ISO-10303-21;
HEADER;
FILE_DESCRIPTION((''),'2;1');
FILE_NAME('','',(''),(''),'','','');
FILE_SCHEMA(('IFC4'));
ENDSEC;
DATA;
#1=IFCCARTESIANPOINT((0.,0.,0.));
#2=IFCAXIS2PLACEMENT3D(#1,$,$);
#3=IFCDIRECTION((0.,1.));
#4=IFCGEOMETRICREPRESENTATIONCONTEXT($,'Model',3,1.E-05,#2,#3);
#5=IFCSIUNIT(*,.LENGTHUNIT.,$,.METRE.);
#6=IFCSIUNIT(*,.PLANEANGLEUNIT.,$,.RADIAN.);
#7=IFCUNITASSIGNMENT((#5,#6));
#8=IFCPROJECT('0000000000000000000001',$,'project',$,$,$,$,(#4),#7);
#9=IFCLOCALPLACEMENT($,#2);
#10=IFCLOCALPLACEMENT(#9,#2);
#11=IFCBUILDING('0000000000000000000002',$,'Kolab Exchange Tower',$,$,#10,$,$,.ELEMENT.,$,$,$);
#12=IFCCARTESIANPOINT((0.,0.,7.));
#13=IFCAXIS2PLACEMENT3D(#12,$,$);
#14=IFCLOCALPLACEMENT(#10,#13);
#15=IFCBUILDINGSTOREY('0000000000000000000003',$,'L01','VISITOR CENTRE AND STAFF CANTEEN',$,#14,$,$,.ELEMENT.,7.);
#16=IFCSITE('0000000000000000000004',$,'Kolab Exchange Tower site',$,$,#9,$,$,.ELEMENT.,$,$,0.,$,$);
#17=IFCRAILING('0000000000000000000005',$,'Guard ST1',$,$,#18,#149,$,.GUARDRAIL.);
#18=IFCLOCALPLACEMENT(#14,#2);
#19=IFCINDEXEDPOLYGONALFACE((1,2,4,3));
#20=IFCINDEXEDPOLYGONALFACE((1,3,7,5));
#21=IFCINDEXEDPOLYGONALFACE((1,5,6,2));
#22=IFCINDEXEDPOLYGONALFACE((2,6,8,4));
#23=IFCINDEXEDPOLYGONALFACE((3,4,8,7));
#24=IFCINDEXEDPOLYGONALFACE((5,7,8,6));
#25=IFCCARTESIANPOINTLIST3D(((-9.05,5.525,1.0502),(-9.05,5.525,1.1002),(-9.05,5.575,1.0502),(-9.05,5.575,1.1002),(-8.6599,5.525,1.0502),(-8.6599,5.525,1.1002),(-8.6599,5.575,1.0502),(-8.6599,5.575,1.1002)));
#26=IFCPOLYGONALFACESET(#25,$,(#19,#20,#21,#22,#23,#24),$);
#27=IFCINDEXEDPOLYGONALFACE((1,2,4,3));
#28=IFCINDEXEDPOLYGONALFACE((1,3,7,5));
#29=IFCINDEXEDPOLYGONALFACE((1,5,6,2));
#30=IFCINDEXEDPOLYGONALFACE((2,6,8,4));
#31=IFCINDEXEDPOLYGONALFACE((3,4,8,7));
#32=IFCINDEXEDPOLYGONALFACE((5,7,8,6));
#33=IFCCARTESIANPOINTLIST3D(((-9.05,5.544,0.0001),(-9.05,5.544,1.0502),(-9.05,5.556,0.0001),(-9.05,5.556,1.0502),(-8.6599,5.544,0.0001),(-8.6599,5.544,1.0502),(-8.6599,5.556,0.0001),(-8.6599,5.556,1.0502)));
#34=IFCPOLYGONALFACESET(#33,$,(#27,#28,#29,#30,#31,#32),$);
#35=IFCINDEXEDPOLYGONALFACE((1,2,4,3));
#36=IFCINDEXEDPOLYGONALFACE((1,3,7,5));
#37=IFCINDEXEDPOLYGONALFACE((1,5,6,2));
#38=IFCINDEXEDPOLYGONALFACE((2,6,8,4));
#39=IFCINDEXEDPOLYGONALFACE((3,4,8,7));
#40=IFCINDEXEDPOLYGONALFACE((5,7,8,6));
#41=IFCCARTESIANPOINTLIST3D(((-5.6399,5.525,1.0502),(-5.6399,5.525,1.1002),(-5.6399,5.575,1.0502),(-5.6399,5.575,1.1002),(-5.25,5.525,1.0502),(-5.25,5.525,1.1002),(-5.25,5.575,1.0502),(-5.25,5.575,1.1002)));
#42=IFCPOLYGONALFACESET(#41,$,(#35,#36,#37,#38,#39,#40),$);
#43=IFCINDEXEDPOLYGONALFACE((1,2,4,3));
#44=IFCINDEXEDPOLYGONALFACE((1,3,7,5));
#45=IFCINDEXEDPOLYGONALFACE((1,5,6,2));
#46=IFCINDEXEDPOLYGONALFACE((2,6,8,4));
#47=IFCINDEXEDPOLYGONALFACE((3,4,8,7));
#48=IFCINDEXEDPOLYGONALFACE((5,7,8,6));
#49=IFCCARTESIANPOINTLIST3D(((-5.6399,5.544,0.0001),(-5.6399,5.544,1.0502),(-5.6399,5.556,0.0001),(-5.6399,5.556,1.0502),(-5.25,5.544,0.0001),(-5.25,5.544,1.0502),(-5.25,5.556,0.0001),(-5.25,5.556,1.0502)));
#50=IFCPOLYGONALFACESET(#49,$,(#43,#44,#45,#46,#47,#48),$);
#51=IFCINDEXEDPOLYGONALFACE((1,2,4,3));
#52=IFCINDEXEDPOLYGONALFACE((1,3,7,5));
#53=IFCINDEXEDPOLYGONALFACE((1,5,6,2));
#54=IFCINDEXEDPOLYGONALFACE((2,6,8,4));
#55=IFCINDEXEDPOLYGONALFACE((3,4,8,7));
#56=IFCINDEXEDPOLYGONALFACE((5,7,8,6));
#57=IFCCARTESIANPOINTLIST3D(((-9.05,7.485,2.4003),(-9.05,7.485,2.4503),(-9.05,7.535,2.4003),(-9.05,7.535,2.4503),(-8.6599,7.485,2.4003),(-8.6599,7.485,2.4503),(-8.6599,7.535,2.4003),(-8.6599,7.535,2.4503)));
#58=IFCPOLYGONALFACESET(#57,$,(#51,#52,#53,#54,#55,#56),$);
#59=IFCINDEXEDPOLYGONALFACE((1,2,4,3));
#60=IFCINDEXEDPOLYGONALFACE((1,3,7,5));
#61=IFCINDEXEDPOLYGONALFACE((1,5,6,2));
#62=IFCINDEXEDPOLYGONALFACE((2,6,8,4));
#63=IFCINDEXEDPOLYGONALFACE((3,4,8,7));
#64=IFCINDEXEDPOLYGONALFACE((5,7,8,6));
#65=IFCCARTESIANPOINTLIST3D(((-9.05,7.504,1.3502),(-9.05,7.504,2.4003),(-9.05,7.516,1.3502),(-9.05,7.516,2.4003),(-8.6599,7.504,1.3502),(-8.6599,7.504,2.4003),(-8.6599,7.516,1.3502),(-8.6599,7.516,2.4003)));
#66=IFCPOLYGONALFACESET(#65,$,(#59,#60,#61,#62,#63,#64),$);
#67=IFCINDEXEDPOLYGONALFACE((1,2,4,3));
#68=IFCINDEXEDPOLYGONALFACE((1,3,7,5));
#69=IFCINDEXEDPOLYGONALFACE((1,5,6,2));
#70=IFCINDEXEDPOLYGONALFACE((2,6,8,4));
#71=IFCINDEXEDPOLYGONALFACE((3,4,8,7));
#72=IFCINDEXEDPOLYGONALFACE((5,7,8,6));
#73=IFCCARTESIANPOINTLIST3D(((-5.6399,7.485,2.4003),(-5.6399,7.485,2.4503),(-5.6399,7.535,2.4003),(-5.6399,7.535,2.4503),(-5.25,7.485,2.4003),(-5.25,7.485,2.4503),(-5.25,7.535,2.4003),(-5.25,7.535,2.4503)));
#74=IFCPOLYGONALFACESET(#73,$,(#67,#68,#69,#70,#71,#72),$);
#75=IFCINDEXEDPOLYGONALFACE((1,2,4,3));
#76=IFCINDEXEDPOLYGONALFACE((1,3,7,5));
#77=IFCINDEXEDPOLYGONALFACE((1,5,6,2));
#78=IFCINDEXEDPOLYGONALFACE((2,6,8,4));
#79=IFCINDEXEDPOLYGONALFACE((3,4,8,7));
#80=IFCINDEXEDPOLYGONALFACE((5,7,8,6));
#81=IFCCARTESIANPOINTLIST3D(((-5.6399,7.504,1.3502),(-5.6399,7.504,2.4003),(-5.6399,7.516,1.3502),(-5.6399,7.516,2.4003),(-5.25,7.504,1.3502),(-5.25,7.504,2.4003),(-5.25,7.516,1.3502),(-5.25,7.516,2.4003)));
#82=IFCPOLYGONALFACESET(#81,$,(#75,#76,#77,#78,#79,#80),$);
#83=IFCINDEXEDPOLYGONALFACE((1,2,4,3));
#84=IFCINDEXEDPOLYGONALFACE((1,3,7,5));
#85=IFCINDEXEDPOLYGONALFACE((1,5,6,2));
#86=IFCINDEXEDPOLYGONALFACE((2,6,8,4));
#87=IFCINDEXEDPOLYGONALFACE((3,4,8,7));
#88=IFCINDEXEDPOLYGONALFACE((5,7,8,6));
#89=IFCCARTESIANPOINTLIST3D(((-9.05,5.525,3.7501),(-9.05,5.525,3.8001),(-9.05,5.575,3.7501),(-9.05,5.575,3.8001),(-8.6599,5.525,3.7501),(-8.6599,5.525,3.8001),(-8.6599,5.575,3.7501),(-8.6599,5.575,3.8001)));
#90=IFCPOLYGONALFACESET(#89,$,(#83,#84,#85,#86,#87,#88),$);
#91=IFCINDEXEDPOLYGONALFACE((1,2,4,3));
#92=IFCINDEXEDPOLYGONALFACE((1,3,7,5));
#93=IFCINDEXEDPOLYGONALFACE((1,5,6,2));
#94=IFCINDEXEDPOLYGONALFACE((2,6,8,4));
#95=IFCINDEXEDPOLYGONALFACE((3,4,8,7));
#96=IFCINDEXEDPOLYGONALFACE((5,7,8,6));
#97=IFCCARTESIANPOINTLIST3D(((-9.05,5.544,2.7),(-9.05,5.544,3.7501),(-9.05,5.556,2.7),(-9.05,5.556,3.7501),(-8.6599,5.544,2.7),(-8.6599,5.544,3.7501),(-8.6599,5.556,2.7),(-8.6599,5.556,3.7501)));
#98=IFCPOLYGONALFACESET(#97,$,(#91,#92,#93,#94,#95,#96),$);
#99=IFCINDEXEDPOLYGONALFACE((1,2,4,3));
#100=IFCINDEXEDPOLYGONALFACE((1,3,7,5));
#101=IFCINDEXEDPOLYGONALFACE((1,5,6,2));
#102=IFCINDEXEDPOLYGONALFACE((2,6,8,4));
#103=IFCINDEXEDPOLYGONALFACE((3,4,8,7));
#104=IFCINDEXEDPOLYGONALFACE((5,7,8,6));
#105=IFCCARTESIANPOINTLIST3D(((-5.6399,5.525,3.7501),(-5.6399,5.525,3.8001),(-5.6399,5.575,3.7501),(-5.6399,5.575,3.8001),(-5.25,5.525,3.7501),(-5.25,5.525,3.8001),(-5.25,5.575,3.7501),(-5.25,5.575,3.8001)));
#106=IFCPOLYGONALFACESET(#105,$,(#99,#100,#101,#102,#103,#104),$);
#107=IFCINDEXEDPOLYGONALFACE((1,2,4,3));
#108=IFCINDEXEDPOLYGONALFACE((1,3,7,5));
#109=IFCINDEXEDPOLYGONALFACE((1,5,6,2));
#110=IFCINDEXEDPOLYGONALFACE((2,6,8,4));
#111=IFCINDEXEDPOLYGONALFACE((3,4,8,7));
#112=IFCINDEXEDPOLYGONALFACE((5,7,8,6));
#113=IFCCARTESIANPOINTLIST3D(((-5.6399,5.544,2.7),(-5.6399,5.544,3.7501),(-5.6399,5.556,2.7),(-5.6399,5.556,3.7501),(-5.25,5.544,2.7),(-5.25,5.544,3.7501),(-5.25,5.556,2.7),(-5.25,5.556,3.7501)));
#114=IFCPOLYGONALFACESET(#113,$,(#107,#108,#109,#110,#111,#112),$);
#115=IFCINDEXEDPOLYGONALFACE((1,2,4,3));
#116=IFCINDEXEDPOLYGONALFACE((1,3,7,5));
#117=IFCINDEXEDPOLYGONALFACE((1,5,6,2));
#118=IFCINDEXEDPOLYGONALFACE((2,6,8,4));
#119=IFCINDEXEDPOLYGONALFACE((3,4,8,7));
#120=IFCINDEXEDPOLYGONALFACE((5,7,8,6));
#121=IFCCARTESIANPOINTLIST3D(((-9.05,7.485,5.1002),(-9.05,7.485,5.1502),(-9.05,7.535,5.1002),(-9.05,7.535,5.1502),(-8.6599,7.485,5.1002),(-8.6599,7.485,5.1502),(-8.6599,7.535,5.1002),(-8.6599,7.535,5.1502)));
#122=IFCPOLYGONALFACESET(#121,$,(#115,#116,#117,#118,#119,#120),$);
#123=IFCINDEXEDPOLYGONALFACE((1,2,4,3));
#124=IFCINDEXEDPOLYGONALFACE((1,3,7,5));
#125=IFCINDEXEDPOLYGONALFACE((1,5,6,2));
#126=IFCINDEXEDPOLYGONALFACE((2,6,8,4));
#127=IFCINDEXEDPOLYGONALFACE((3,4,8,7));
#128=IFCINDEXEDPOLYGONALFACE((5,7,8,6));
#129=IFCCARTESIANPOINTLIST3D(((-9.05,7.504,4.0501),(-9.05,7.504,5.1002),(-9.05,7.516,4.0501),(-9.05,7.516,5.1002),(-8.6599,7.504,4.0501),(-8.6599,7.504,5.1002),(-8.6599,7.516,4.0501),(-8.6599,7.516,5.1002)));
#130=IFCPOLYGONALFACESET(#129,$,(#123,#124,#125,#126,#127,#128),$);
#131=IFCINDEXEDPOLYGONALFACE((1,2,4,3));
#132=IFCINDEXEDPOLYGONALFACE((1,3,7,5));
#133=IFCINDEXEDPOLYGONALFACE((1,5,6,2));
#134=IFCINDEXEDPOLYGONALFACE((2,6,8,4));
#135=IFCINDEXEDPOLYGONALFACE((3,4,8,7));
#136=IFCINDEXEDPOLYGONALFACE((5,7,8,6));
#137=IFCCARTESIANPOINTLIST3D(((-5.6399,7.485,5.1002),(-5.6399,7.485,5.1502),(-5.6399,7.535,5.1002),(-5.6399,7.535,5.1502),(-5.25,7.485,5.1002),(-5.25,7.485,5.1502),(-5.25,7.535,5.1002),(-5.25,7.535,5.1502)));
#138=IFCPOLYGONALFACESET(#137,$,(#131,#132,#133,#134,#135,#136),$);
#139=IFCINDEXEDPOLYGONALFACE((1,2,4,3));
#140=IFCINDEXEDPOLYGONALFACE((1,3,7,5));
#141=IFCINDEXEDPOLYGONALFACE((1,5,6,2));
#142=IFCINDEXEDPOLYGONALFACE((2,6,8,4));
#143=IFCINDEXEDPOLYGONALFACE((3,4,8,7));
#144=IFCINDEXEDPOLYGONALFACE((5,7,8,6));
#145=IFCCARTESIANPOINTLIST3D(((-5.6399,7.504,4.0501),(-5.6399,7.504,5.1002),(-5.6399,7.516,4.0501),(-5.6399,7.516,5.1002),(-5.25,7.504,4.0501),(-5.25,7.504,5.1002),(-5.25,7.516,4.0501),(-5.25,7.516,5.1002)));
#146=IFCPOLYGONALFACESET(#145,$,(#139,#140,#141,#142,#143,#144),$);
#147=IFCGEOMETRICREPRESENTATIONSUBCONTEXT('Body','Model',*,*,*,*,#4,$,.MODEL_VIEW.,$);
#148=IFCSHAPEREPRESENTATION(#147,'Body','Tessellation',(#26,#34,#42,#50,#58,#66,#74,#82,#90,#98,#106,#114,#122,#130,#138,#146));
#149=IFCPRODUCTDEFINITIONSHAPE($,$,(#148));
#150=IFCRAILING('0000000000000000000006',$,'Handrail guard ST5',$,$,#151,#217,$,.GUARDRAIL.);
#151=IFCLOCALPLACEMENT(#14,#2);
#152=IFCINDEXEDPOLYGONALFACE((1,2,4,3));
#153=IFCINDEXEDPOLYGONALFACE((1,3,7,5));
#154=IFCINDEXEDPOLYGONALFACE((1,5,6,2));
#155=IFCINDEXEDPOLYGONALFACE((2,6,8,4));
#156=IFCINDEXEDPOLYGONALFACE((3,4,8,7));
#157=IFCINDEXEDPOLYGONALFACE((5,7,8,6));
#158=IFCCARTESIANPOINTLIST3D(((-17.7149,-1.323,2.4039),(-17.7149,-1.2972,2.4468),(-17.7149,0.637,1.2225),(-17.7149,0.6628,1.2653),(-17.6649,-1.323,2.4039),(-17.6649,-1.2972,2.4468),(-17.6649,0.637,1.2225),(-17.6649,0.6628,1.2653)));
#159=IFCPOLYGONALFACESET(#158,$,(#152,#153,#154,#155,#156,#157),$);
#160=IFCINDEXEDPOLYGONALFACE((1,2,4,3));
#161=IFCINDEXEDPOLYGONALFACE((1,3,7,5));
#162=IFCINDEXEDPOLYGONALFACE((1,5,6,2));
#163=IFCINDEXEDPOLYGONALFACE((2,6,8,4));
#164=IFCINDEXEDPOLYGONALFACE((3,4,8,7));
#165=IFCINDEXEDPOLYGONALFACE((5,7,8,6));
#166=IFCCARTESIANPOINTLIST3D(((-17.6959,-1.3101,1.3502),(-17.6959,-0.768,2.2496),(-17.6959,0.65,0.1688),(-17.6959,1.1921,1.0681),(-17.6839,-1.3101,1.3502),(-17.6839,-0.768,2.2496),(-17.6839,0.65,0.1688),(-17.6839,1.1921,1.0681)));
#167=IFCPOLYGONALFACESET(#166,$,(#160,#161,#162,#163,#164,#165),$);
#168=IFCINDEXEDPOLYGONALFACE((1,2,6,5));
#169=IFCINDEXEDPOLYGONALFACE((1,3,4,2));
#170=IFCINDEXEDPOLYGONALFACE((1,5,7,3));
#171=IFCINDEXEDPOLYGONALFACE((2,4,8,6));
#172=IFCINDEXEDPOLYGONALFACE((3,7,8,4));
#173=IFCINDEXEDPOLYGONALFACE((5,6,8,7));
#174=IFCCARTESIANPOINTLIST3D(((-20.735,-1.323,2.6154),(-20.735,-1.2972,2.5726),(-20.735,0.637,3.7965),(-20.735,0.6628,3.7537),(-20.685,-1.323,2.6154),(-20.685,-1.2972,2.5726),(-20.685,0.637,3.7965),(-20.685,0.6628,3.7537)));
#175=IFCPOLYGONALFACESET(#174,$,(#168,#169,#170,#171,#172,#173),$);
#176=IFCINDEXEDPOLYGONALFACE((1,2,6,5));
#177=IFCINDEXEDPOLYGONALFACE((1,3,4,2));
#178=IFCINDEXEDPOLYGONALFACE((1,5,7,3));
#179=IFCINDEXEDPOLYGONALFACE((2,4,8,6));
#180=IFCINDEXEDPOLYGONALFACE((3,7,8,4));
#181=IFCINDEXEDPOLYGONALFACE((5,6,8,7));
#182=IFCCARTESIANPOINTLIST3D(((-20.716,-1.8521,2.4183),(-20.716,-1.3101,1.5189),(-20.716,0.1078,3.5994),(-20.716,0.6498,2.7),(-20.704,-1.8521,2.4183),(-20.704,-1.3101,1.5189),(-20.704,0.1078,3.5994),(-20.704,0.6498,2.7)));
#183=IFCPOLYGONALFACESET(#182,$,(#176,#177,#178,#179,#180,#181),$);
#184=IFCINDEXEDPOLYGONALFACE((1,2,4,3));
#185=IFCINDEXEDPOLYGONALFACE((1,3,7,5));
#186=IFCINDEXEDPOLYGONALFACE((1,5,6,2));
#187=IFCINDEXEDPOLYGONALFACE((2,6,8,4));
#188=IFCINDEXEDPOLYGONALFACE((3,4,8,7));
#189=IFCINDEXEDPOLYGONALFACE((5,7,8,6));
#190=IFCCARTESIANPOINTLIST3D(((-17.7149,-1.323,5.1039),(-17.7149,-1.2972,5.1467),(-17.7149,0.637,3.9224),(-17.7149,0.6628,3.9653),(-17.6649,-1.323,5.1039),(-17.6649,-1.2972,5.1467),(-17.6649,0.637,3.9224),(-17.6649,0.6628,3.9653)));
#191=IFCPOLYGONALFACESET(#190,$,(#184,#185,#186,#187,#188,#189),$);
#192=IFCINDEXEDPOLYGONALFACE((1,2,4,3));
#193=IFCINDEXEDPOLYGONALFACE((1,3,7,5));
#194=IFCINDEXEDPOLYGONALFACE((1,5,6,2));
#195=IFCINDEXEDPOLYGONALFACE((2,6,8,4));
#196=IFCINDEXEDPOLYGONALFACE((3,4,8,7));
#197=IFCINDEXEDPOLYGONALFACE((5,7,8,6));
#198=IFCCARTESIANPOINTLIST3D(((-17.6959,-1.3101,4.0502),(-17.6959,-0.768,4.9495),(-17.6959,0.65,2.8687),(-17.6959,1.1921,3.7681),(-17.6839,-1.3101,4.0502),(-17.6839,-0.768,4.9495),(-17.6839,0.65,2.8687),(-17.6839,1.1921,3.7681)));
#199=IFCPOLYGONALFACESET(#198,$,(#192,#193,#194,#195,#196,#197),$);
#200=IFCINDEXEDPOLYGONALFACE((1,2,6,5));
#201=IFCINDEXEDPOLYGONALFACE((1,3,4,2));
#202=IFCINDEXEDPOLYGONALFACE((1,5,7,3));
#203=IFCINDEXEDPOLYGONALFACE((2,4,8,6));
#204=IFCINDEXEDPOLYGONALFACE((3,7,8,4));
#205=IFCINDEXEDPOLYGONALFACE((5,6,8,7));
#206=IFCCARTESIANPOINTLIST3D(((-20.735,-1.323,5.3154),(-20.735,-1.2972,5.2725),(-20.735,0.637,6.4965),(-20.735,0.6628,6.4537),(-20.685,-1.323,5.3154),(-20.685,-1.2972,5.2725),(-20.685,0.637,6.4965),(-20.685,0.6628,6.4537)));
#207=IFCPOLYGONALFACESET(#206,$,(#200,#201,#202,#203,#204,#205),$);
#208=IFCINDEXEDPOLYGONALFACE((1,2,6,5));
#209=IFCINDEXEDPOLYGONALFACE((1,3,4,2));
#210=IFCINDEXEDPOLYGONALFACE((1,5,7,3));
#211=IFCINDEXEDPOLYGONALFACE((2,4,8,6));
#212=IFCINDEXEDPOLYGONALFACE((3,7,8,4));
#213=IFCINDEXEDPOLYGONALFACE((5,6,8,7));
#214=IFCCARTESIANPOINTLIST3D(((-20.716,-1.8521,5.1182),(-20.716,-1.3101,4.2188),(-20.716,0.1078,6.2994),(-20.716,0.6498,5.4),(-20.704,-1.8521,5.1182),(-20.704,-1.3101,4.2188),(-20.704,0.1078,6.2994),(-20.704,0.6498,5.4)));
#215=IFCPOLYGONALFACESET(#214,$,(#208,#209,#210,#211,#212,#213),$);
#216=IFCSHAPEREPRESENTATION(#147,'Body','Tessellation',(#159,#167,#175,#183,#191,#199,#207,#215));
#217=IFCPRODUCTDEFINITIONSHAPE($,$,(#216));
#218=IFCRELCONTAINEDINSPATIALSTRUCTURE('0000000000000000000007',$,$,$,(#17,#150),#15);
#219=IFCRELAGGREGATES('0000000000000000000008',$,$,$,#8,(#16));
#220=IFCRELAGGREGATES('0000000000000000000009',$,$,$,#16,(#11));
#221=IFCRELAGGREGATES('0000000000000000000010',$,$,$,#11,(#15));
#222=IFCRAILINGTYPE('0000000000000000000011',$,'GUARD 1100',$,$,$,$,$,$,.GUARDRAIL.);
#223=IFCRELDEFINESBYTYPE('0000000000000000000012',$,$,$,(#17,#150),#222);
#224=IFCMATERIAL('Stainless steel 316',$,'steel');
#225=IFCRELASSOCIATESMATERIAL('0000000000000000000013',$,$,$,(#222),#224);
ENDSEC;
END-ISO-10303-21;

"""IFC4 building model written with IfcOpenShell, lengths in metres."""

from ifc_helpers import new_model, si_unit, direction, frame, frame_2d, origin, origin_2d, place, context, subcontext, project, spatial, rectangle, extrude, material, type_object, element, save


model = new_model("IFC4")

# Units and contexts
model_context = context("Model", 3, precision=1e-05, world=origin(), true_north=direction((0.0, 1.0)))
body_context = subcontext(model_context, "Body", "Model", "MODEL_VIEW")
ifc_project = project(units=[si_unit("LENGTHUNIT", "METRE"), si_unit("PLANEANGLEUNIT", "RADIAN")], contexts=[model_context])

# Site, building, storey
site_placement = place(None, origin())
site = spatial("IfcSite", under=ifc_project, at=site_placement, Name="Kolab Exchange Tower site", CompositionType="ELEMENT", RefElevation=0.0)
building_placement = place(site_placement, origin())
building = spatial("IfcBuilding", under=site, at=building_placement, Name="Kolab Exchange Tower", CompositionType="ELEMENT")
storey_placement = place(building_placement, frame((0.0, 0.0, 7.0)))
storey = spatial("IfcBuildingStorey", under=building, at=storey_placement, Name="L01", Description="VISITOR CENTRE AND STAFF CANTEEN", CompositionType="ELEMENT", Elevation=7.0)

# Railings
ifc_material_1 = material(Name="Stainless steel 316", Category="steel")
railing_type = type_object("IfcRailingType", Name="GUARD 1100", PredefinedType="GUARDRAIL", material=ifc_material_1)
railing_1_placement = place(storey_placement, frame((-9.05, 5.55, 0.0)))
element("IfcRailing", 1, at=railing_1_placement, inside=storey, type_object=railing_type, Name="Guard ST1", PredefinedType="GUARDRAIL", context=body_context, shape_type="SweptSolid", body=[
    extrude(rectangle(XDim=0.05, YDim=0.05, at=origin_2d()), frame((0.0, 0.0, 1.0752), z_axis=(1.0, 0.0, 0.0), x_axis=(0.0, 1.0, 0.0)), (0.0, 0.0, 1.0), 0.3901),
    extrude(rectangle(XDim=0.012, YDim=1.0501, at=frame_2d((0.0, 0.5251))), frame((0.0, 0.0, 0.0), z_axis=(1.0, 0.0, 0.0), x_axis=(0.0, 1.0, 0.0)), (0.0, 0.0, 1.0), 0.3901),
    extrude(rectangle(XDim=0.05, YDim=0.05, at=origin_2d()), frame((3.4102, 0.0, 1.0752), z_axis=(1.0, 0.0, 0.0), x_axis=(0.0, 1.0, 0.0)), (0.0, 0.0, 1.0), 0.3899),
    extrude(rectangle(XDim=0.012, YDim=1.0501, at=frame_2d((0.0, 0.5251))), frame((3.4102, 0.0, 0.0), z_axis=(1.0, 0.0, 0.0), x_axis=(0.0, 1.0, 0.0)), (0.0, 0.0, 1.0), 0.3899),
    extrude(rectangle(XDim=0.05, YDim=0.05, at=origin_2d()), frame((0.0, 1.96, 2.4253), z_axis=(1.0, 0.0, 0.0), x_axis=(0.0, 1.0, 0.0)), (0.0, 0.0, 1.0), 0.3901),
    extrude(rectangle(XDim=0.012, YDim=1.0501, at=frame_2d((0.0, 0.5251))), frame((0.0, 1.96, 1.3501), z_axis=(1.0, 0.0, 0.0), x_axis=(0.0, 1.0, 0.0)), (0.0, 0.0, 1.0), 0.3901),
    extrude(rectangle(XDim=0.05, YDim=0.05, at=origin_2d()), frame((3.4102, 1.96, 2.4253), z_axis=(1.0, 0.0, 0.0), x_axis=(0.0, 1.0, 0.0)), (0.0, 0.0, 1.0), 0.3899),
    extrude(rectangle(XDim=0.012, YDim=1.0501, at=frame_2d((0.0, 0.5251))), frame((3.4102, 1.96, 1.3501), z_axis=(1.0, 0.0, 0.0), x_axis=(0.0, 1.0, 0.0)), (0.0, 0.0, 1.0), 0.3899),
    extrude(rectangle(XDim=0.05, YDim=0.05, at=origin_2d()), frame((0.0, 0.0, 3.7751), z_axis=(1.0, 0.0, 0.0), x_axis=(0.0, 1.0, 0.0)), (0.0, 0.0, 1.0), 0.3901),
    extrude(rectangle(XDim=0.012, YDim=1.0501, at=frame_2d((0.0, 0.5251))), frame((0.0, 0.0, 2.7), z_axis=(1.0, 0.0, 0.0), x_axis=(0.0, 1.0, 0.0)), (0.0, 0.0, 1.0), 0.3901),
    extrude(rectangle(XDim=0.05, YDim=0.05, at=origin_2d()), frame((3.4102, 0.0, 3.7751), z_axis=(1.0, 0.0, 0.0), x_axis=(0.0, 1.0, 0.0)), (0.0, 0.0, 1.0), 0.3899),
    extrude(rectangle(XDim=0.012, YDim=1.0501, at=frame_2d((0.0, 0.5251))), frame((3.4102, 0.0, 2.7), z_axis=(1.0, 0.0, 0.0), x_axis=(0.0, 1.0, 0.0)), (0.0, 0.0, 1.0), 0.3899),
    extrude(rectangle(XDim=0.05, YDim=0.05, at=origin_2d()), frame((0.0, 1.96, 5.1252), z_axis=(1.0, 0.0, 0.0), x_axis=(0.0, 1.0, 0.0)), (0.0, 0.0, 1.0), 0.3901),
    extrude(rectangle(XDim=0.012, YDim=1.0501, at=frame_2d((0.0, 0.5251))), frame((0.0, 1.96, 4.05), z_axis=(1.0, 0.0, 0.0), x_axis=(0.0, 1.0, 0.0)), (0.0, 0.0, 1.0), 0.3901),
    extrude(rectangle(XDim=0.05, YDim=0.05, at=origin_2d()), frame((3.4102, 1.96, 5.1252), z_axis=(1.0, 0.0, 0.0), x_axis=(0.0, 1.0, 0.0)), (0.0, 0.0, 1.0), 0.3899),
    extrude(rectangle(XDim=0.012, YDim=1.0501, at=frame_2d((0.0, 0.5251))), frame((3.4102, 1.96, 4.05), z_axis=(1.0, 0.0, 0.0), x_axis=(0.0, 1.0, 0.0)), (0.0, 0.0, 1.0), 0.3899),
])
railing_2_placement = place(storey_placement, frame((-17.6899, 0.6499, 0.1687)))
element("IfcRailing", 2, at=railing_2_placement, inside=storey, type_object=railing_type, Name="Handrail guard ST5", PredefinedType="GUARDRAIL", context=body_context, shape_type="SweptSolid", body=[
    extrude(rectangle(XDim=0.05, YDim=0.05, at=origin_2d()), frame((0.0, 0.0, 1.0752), z_axis=(0.0, -0.856446, 0.516236), x_axis=(1.0, 0.0, 0.0)), (0.0, 0.0, 1.0), 2.2886),
    extrude(rectangle(XDim=0.012, YDim=1.0501, at=frame_2d((0.0, 0.5251))), frame((0.0, 0.0, 0.0), z_axis=(0.0, -0.856446, 0.516236), x_axis=(1.0, 0.0, 0.0)), (0.0, 0.0, 1.0), 2.2886),
    extrude(rectangle(XDim=0.05, YDim=0.05, at=origin_2d()), frame((-3.02, -1.96, 2.4253), z_axis=(0.0, 0.856493, 0.516158), x_axis=(-1.0, 0.0, 0.0)), (0.0, 0.0, 1.0), 2.2883),
    extrude(rectangle(XDim=0.012, YDim=1.0501, at=frame_2d((0.0, 0.5251))), frame((-3.02, -1.96, 1.3501), z_axis=(0.0, 0.856493, 0.516158), x_axis=(-1.0, 0.0, 0.0)), (0.0, 0.0, 1.0), 2.2883),
    extrude(rectangle(XDim=0.05, YDim=0.05, at=origin_2d()), frame((0.0, 0.0, 3.7751), z_axis=(0.0, -0.856446, 0.516236), x_axis=(1.0, 0.0, 0.0)), (0.0, 0.0, 1.0), 2.2886),
    extrude(rectangle(XDim=0.012, YDim=1.0501, at=frame_2d((0.0, 0.5251))), frame((0.0, 0.0, 2.7), z_axis=(0.0, -0.856446, 0.516236), x_axis=(1.0, 0.0, 0.0)), (0.0, 0.0, 1.0), 2.2886),
    extrude(rectangle(XDim=0.05, YDim=0.05, at=origin_2d()), frame((-3.02, -1.96, 5.1252), z_axis=(0.0, 0.856493, 0.516158), x_axis=(-1.0, 0.0, 0.0)), (0.0, 0.0, 1.0), 2.2883),
    extrude(rectangle(XDim=0.012, YDim=1.0501, at=frame_2d((0.0, 0.5251))), frame((-3.02, -1.96, 4.05), z_axis=(0.0, 0.856493, 0.516158), x_axis=(-1.0, 0.0, 0.0)), (0.0, 0.0, 1.0), 2.2883),
])

save(model, "model.ifc")
